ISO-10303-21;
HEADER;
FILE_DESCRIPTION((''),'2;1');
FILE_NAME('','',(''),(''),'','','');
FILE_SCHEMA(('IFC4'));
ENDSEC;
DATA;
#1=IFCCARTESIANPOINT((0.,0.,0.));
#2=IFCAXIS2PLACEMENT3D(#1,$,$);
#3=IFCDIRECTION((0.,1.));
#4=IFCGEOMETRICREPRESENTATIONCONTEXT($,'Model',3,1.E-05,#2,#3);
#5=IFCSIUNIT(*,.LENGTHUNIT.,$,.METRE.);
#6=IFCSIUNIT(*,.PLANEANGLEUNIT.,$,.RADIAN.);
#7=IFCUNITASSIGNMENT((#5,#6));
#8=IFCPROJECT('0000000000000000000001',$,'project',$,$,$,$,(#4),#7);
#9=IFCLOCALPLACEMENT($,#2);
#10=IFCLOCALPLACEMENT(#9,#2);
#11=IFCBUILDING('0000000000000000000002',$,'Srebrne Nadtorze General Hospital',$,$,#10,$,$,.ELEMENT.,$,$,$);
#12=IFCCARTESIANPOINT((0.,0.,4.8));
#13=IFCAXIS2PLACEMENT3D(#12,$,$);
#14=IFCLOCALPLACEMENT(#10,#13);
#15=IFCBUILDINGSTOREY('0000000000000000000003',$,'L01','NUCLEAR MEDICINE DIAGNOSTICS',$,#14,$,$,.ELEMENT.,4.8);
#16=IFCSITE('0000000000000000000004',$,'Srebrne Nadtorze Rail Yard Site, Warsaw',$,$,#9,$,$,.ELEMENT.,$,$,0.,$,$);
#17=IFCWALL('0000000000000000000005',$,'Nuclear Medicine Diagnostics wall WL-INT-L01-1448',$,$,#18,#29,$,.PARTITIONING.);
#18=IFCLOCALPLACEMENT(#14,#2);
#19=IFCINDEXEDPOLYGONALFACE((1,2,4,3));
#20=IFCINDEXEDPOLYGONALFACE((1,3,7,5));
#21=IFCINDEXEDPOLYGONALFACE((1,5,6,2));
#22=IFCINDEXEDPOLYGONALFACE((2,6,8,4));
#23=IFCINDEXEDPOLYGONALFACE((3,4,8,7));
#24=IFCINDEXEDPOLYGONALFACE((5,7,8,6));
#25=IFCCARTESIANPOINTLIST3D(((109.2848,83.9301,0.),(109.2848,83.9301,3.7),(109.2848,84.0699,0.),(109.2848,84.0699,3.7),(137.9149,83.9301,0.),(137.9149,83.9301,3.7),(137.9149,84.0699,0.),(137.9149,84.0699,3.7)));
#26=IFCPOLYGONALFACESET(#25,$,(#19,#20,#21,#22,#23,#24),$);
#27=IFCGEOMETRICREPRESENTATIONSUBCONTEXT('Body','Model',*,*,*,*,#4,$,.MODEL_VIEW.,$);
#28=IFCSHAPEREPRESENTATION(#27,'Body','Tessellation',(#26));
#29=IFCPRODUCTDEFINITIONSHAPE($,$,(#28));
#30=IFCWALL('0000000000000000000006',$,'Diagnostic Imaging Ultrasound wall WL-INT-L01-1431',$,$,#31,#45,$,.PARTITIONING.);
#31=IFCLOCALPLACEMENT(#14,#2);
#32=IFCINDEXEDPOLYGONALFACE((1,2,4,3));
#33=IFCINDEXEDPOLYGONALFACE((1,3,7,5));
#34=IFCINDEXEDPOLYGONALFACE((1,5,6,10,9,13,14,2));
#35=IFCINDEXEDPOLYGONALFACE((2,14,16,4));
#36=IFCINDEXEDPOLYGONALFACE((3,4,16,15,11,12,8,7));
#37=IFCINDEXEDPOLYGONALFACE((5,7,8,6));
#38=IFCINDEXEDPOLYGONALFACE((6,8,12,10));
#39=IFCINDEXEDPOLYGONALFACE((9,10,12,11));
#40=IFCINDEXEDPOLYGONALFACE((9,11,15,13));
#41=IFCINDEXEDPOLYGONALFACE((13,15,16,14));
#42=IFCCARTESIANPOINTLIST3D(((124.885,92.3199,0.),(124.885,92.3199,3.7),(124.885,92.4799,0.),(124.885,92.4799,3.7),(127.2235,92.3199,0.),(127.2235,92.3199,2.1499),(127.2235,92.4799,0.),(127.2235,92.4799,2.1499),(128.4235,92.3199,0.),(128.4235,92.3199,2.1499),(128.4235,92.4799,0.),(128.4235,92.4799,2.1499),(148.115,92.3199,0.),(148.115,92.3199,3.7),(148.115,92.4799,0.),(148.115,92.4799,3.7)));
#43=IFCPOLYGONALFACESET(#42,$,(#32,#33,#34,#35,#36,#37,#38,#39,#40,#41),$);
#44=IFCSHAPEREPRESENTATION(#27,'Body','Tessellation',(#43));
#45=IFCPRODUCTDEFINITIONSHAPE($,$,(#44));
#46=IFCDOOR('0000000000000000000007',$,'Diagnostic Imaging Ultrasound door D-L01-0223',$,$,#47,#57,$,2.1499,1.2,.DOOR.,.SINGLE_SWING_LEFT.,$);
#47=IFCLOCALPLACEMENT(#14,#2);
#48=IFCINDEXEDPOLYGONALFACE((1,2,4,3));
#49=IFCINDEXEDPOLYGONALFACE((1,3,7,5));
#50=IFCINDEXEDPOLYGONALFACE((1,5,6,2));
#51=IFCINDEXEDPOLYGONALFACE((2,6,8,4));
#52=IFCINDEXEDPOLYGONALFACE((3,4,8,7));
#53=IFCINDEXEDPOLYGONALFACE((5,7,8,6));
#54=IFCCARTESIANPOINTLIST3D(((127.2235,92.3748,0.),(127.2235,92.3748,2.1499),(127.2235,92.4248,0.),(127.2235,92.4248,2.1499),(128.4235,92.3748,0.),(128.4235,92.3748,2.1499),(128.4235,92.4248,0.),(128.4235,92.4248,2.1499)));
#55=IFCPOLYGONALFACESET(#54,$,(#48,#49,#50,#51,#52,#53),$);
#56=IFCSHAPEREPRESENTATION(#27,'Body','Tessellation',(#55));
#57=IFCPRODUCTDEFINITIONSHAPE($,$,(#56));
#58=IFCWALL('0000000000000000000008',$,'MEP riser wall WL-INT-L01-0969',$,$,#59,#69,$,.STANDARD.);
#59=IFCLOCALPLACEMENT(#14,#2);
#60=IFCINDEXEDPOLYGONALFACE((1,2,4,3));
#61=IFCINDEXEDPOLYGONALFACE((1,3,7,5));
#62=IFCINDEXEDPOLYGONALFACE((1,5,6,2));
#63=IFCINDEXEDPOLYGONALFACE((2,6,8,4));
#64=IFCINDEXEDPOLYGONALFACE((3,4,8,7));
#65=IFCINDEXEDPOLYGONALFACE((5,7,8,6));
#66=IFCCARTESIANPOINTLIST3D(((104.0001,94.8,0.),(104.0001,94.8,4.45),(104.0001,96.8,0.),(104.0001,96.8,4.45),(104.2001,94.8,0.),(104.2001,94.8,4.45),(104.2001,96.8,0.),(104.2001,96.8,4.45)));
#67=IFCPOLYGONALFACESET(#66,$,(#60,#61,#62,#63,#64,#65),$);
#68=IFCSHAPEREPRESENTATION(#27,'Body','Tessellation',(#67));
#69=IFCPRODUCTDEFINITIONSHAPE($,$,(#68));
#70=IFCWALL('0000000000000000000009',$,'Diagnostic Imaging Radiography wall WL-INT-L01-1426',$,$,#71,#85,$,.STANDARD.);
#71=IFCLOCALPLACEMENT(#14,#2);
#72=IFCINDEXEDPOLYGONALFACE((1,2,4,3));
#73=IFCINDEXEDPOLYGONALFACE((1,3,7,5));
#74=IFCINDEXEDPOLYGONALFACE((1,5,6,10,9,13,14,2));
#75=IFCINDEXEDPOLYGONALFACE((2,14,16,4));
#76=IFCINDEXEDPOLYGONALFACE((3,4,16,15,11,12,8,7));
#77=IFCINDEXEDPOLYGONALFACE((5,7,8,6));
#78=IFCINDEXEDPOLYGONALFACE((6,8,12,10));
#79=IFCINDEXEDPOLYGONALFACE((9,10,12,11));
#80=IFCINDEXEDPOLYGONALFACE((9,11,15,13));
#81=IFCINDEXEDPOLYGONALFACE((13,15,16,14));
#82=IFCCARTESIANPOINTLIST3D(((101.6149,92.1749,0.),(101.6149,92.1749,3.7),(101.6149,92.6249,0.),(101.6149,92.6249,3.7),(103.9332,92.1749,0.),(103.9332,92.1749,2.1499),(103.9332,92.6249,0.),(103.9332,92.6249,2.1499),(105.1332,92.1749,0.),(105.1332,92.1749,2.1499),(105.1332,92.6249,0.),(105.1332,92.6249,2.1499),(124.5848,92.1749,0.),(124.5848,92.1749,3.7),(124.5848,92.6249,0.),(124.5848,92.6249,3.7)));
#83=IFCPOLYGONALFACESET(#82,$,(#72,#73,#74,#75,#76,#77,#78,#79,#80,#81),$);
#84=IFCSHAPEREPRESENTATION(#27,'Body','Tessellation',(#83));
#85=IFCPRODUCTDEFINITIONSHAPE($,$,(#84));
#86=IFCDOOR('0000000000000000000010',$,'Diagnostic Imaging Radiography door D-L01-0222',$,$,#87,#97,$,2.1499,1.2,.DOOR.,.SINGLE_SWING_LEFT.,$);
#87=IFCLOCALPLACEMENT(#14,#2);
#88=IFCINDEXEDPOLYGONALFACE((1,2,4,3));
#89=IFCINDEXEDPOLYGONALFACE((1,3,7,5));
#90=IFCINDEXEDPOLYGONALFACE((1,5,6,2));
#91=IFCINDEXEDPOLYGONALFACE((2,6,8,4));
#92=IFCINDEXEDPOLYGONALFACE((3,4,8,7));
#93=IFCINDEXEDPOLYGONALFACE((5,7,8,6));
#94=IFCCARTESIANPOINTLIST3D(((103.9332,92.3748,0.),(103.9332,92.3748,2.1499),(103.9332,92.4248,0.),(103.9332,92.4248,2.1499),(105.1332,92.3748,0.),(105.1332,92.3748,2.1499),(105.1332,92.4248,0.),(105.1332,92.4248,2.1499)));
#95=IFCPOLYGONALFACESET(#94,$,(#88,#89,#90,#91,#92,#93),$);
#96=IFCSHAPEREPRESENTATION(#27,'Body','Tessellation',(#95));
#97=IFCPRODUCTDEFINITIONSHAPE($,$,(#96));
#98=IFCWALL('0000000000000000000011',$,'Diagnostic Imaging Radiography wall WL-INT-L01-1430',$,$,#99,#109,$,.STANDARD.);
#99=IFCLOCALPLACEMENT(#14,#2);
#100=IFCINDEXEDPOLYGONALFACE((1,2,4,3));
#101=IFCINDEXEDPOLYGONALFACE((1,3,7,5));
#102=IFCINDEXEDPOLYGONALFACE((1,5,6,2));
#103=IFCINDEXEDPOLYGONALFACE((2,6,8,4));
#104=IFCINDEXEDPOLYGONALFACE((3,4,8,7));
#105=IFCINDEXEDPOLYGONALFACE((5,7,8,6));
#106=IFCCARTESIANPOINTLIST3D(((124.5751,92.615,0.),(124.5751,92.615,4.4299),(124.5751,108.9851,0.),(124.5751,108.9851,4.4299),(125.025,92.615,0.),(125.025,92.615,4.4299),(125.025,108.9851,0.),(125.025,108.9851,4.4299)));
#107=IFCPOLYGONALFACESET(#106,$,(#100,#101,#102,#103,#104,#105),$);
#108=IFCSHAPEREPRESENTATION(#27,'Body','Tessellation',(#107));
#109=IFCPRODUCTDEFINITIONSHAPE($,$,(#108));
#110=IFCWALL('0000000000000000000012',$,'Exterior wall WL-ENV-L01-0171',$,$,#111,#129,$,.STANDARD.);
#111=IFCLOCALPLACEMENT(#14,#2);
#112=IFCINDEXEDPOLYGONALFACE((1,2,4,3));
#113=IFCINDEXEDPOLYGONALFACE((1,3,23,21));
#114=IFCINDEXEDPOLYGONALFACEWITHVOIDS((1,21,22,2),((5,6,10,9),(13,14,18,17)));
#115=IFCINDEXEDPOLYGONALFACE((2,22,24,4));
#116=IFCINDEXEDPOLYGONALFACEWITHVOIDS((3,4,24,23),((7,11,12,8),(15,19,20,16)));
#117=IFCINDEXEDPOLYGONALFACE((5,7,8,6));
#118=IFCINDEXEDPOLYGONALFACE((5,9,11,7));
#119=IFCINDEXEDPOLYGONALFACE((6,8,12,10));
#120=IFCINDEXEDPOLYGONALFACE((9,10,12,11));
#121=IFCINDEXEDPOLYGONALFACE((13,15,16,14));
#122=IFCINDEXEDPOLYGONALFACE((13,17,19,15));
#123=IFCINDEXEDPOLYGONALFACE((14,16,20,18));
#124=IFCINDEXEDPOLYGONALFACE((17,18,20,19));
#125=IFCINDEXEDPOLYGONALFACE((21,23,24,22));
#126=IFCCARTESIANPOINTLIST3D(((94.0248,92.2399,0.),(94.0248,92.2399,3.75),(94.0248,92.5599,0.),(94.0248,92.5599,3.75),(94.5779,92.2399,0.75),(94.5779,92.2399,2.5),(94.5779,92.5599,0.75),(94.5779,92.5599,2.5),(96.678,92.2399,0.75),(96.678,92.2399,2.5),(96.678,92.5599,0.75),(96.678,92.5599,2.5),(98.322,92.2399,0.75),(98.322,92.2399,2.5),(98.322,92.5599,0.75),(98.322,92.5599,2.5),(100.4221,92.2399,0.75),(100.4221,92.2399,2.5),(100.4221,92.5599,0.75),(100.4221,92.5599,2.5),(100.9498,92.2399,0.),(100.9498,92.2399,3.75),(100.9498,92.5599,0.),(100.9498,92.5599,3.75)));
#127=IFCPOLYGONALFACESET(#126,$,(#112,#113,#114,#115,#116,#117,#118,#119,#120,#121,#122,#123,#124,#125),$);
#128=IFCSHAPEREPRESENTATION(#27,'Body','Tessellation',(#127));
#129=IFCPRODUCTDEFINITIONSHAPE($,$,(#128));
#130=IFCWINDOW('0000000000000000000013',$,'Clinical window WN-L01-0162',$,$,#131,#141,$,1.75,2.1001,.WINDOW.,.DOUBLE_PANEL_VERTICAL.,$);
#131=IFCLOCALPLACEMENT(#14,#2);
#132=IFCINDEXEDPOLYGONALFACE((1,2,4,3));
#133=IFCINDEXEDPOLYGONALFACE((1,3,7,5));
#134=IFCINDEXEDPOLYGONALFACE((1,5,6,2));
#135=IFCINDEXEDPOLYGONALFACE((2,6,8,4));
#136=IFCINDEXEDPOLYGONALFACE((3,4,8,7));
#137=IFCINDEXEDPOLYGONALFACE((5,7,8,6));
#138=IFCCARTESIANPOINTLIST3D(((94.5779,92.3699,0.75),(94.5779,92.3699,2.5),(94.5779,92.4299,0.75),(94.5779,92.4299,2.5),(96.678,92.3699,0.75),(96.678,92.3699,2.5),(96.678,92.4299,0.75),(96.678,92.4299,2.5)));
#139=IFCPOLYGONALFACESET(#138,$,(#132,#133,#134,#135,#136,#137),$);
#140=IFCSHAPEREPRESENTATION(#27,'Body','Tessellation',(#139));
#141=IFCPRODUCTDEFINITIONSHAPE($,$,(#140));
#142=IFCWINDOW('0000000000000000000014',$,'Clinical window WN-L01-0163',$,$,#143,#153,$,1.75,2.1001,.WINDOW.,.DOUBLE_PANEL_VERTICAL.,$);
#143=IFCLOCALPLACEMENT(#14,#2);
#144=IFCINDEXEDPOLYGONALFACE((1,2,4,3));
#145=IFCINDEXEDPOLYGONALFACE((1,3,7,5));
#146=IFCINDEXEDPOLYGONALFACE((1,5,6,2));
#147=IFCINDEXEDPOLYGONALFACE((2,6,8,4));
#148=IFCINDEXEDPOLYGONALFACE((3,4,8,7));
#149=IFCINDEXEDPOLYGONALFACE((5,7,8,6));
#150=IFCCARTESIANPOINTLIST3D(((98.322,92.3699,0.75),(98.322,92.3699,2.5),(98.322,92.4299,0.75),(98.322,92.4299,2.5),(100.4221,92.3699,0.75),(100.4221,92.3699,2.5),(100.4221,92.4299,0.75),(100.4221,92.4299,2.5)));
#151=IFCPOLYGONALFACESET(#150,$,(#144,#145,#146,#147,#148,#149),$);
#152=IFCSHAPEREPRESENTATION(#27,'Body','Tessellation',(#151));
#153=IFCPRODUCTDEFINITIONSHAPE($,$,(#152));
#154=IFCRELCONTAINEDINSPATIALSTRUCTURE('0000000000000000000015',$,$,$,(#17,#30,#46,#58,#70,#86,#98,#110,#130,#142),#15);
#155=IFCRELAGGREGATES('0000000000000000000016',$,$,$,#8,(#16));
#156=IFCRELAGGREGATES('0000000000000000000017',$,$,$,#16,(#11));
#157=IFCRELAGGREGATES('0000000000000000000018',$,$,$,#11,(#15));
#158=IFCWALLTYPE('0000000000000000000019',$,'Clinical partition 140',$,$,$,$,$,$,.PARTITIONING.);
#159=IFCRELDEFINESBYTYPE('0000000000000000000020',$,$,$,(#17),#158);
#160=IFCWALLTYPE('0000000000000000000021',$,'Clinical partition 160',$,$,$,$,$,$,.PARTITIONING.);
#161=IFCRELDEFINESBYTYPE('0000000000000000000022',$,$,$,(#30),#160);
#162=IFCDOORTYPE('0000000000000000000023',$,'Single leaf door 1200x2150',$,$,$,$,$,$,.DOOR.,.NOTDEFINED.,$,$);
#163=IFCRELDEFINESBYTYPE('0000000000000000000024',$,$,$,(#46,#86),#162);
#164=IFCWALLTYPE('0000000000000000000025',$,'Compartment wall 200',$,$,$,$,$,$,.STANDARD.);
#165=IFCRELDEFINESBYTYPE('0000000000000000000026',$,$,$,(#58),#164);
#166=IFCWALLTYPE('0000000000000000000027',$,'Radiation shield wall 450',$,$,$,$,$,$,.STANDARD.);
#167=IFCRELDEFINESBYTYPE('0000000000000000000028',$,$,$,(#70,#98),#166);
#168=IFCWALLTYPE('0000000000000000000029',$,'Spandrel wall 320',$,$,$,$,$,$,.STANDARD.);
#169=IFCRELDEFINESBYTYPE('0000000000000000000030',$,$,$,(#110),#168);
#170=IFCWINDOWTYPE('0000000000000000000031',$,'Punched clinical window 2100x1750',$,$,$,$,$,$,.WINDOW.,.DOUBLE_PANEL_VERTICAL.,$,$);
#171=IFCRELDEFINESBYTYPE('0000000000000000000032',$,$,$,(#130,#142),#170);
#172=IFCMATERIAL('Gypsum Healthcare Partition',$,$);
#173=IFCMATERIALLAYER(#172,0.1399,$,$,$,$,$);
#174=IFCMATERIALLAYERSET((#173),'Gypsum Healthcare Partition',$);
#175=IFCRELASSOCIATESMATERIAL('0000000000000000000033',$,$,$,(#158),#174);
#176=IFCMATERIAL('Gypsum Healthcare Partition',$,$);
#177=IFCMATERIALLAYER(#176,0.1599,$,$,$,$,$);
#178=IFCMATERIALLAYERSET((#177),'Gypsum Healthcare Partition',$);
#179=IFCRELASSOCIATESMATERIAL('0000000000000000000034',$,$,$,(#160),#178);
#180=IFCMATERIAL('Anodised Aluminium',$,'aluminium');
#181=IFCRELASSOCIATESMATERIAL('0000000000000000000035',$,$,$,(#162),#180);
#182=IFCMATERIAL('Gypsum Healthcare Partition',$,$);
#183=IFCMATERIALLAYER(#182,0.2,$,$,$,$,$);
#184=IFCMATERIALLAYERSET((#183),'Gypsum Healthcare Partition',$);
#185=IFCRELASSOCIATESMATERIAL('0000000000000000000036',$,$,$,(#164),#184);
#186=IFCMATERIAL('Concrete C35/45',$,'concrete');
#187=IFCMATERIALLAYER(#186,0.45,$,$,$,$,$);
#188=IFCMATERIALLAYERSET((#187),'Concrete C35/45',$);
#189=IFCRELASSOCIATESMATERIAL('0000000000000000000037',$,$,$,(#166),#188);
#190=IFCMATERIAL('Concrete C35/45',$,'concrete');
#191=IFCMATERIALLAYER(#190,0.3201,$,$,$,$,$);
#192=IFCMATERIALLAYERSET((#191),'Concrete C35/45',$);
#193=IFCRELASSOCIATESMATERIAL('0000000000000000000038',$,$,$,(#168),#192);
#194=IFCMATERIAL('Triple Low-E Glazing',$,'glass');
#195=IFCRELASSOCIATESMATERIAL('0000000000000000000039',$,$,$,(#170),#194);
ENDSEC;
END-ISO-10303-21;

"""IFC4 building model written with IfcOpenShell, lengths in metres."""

from ifc_helpers import new_model, si_unit, direction, frame, frame_2d, origin, place, context, subcontext, project, spatial, rectangle, extrude, material, layer, layer_set, type_object, element, fill, save


model = new_model("IFC4")

# Units and contexts
model_context = context("Model", 3, precision=1e-05, world=origin(), true_north=direction((0.0, 1.0)))
body_context = subcontext(model_context, "Body", "Model", "MODEL_VIEW")
ifc_project = project(units=[si_unit("LENGTHUNIT", "METRE"), si_unit("PLANEANGLEUNIT", "RADIAN")], contexts=[model_context])

# Site, building, storey
site_placement = place(None, origin())
site = spatial("IfcSite", under=ifc_project, at=site_placement, Name="Srebrne Nadtorze Rail Yard Site, Warsaw", CompositionType="ELEMENT", RefElevation=0.0)
building_placement = place(site_placement, origin())
building = spatial("IfcBuilding", under=site, at=building_placement, Name="Srebrne Nadtorze General Hospital", CompositionType="ELEMENT")
storey_placement = place(building_placement, frame((0.0, 0.0, 4.8)))
storey = spatial("IfcBuildingStorey", under=building, at=storey_placement, Name="L01", Description="NUCLEAR MEDICINE DIAGNOSTICS", CompositionType="ELEMENT", Elevation=4.8)

# Wall
ifc_material_1 = material(Name="Gypsum Healthcare Partition")
ifc_layer_1 = layer(ifc_material_1, 0.1399)
ifc_layer_set_1 = layer_set([ifc_layer_1], Name="Gypsum Healthcare Partition")
wall_type_1 = type_object("IfcWallType", Name="Clinical partition 140", PredefinedType="PARTITIONING", material=ifc_layer_set_1)
wall_1_placement = place(storey_placement, frame((109.2849, 84.0, 0.0), z_axis=(0.0, 0.0, 1.0), x_axis=(1.0, 0.0, 0.0)))
element("IfcWall", 1, at=wall_1_placement, inside=storey, type_object=wall_type_1, Name="Nuclear Medicine Diagnostics wall WL-INT-L01-1448", PredefinedType="PARTITIONING", context=body_context, shape_type="SweptSolid", body=[
    extrude(rectangle(XDim=28.6301, YDim=0.1399, at=frame_2d((14.3149, 0.0))), origin(), (0.0, 0.0, 1.0), 3.7),
])

# Wall, opening, door
ifc_material_2 = material(Name="Gypsum Healthcare Partition")
ifc_layer_2 = layer(ifc_material_2, 0.1599)
ifc_layer_set_2 = layer_set([ifc_layer_2], Name="Gypsum Healthcare Partition")
wall_type_2 = type_object("IfcWallType", Name="Clinical partition 160", PredefinedType="PARTITIONING", material=ifc_layer_set_2)
wall_2_placement = place(storey_placement, frame((124.885, 92.3999, 0.0), z_axis=(0.0, 0.0, 1.0), x_axis=(1.0, 0.0, 0.0)))
wall_2 = element("IfcWall", 2, at=wall_2_placement, inside=storey, type_object=wall_type_2, Name="Diagnostic Imaging Ultrasound wall WL-INT-L01-1431", PredefinedType="PARTITIONING", context=body_context, shape_type="SweptSolid", body=[
    extrude(rectangle(XDim=23.23, YDim=0.1599, at=frame_2d((11.615, 0.0))), origin(), (0.0, 0.0, 1.0), 3.7),
])
opening_1_placement = place(wall_2_placement, frame((2.3384, 0.0, 0.0)))
opening_1 = element("IfcOpeningElement", 3, at=opening_1_placement, cuts=wall_2, PredefinedType="OPENING", context=body_context, shape_type="SweptSolid", body=[
    extrude(rectangle(XDim=1.2, YDim=2.1499, at=frame_2d((0.6001, 1.075))), frame((0.0, 0.0918, 0.0), z_axis=(0.0, -1.0, 0.0), x_axis=(1.0, 0.0, 0.0)), (0.0, 0.0, 1.0), 0.1838),
])
ifc_material_3 = material(Name="Anodised Aluminium", Category="aluminium")
door_type = type_object("IfcDoorType", Name="Single leaf door 1200x2150", OperationType="NOTDEFINED", PredefinedType="DOOR", material=ifc_material_3)
door_1_placement = place(opening_1_placement, origin())
door_1 = element("IfcDoor", 4, at=door_1_placement, inside=storey, type_object=door_type, Name="Diagnostic Imaging Ultrasound door D-L01-0223", OperationType="SINGLE_SWING_LEFT", OverallHeight=2.1499, OverallWidth=1.2, PredefinedType="DOOR", context=body_context, shape_type="SweptSolid", body=[
    extrude(rectangle(XDim=1.2, YDim=2.1499, at=frame_2d((0.6001, 1.075))), frame((0.0, 0.0249, 0.0), z_axis=(0.0, -1.0, 0.0), x_axis=(1.0, 0.0, 0.0)), (0.0, 0.0, 1.0), 0.05),
])
fill(opening_1, door_1)

# Wall
ifc_material_4 = material(Name="Gypsum Healthcare Partition")
ifc_layer_3 = layer(ifc_material_4, 0.2)
ifc_layer_set_3 = layer_set([ifc_layer_3], Name="Gypsum Healthcare Partition")
wall_type_3 = type_object("IfcWallType", Name="Compartment wall 200", PredefinedType="STANDARD", material=ifc_layer_set_3)
wall_3_placement = place(storey_placement, frame((104.1001, 94.8, 0.0), z_axis=(0.0, 0.0, 1.0), x_axis=(0.0, 1.0, 0.0)))
element("IfcWall", 5, at=wall_3_placement, inside=storey, type_object=wall_type_3, Name="MEP riser wall WL-INT-L01-0969", PredefinedType="STANDARD", context=body_context, shape_type="SweptSolid", body=[
    extrude(rectangle(XDim=2.0, YDim=0.2, at=frame_2d((1.0, 0.0))), origin(), (0.0, 0.0, 1.0), 4.45),
])

# Wall, opening, door
ifc_material_5 = material(Name="Concrete C35/45", Category="concrete")
ifc_layer_4 = layer(ifc_material_5, 0.45)
ifc_layer_set_4 = layer_set([ifc_layer_4], Name="Concrete C35/45")
wall_type_4 = type_object("IfcWallType", Name="Radiation shield wall 450", PredefinedType="STANDARD", material=ifc_layer_set_4)
wall_4_placement = place(storey_placement, frame((101.615, 92.3999, 0.0), z_axis=(0.0, 0.0, 1.0), x_axis=(1.0, 0.0, 0.0)))
wall_4 = element("IfcWall", 6, at=wall_4_placement, inside=storey, type_object=wall_type_4, Name="Diagnostic Imaging Radiography wall WL-INT-L01-1426", PredefinedType="STANDARD", context=body_context, shape_type="SweptSolid", body=[
    extrude(rectangle(XDim=22.97, YDim=0.45, at=frame_2d((11.4849, 0.0))), origin(), (0.0, 0.0, 1.0), 3.7),
])
opening_2_placement = place(wall_4_placement, frame((2.3181, 0.0, 0.0)))
opening_2 = element("IfcOpeningElement", 7, at=opening_2_placement, cuts=wall_4, PredefinedType="OPENING", context=body_context, shape_type="SweptSolid", body=[
    extrude(rectangle(XDim=1.2, YDim=2.1499, at=frame_2d((0.6001, 1.075))), frame((0.0, 0.2368, 0.0), z_axis=(0.0, -1.0, 0.0), x_axis=(1.0, 0.0, 0.0)), (0.0, 0.0, 1.0), 0.4739),
])
door_2_placement = place(opening_2_placement, origin())
door_2 = element("IfcDoor", 8, at=door_2_placement, inside=storey, type_object=door_type, Name="Diagnostic Imaging Radiography door D-L01-0222", OperationType="SINGLE_SWING_LEFT", OverallHeight=2.1499, OverallWidth=1.2, PredefinedType="DOOR", context=body_context, shape_type="SweptSolid", body=[
    extrude(rectangle(XDim=1.2, YDim=2.1499, at=frame_2d((0.6001, 1.075))), frame((0.0, 0.0249, 0.0), z_axis=(0.0, -1.0, 0.0), x_axis=(1.0, 0.0, 0.0)), (0.0, 0.0, 1.0), 0.05),
])
fill(opening_2, door_2)

# Wall
wall_5_placement = place(storey_placement, frame((124.8, 92.615, 0.0), z_axis=(0.0, 0.0, 1.0), x_axis=(0.0, 1.0, 0.0)))
element("IfcWall", 9, at=wall_5_placement, inside=storey, type_object=wall_type_4, Name="Diagnostic Imaging Radiography wall WL-INT-L01-1430", PredefinedType="STANDARD", context=body_context, shape_type="SweptSolid", body=[
    extrude(rectangle(XDim=16.3701, YDim=0.45, at=frame_2d((8.1851, 0.0))), origin(), (0.0, 0.0, 1.0), 4.4299),
])

# Wall, openings, windows
ifc_material_6 = material(Name="Concrete C35/45", Category="concrete")
ifc_layer_5 = layer(ifc_material_6, 0.3201)
ifc_layer_set_5 = layer_set([ifc_layer_5], Name="Concrete C35/45")
wall_type_5 = type_object("IfcWallType", Name="Spandrel wall 320", PredefinedType="STANDARD", material=ifc_layer_set_5)
wall_6_placement = place(storey_placement, frame((94.0249, 92.3999, 0.0), z_axis=(0.0, 0.0, 1.0), x_axis=(1.0, 0.0, 0.0)))
wall_6 = element("IfcWall", 10, at=wall_6_placement, inside=storey, type_object=wall_type_5, Name="Exterior wall WL-ENV-L01-0171", PredefinedType="STANDARD", context=body_context, shape_type="SweptSolid", body=[
    extrude(rectangle(XDim=6.925, YDim=0.3201, at=frame_2d((3.4624, 0.0))), origin(), (0.0, 0.0, 1.0), 3.75),
])
opening_3_placement = place(wall_6_placement, frame((0.553, 0.0, 0.75)))
opening_3 = element("IfcOpeningElement", 11, at=opening_3_placement, cuts=wall_6, PredefinedType="OPENING", context=body_context, shape_type="SweptSolid", body=[
    extrude(rectangle(XDim=2.1001, YDim=1.75, at=frame_2d((1.05, 0.875))), frame((0.0, 0.1719, 0.0), z_axis=(0.0, -1.0, 0.0), x_axis=(1.0, 0.0, 0.0)), (0.0, 0.0, 1.0), 0.344),
])
opening_4_placement = place(wall_6_placement, frame((4.2971, 0.0, 0.75)))
opening_4 = element("IfcOpeningElement", 12, at=opening_4_placement, cuts=wall_6, PredefinedType="OPENING", context=body_context, shape_type="SweptSolid", body=[
    extrude(rectangle(XDim=2.1001, YDim=1.75, at=frame_2d((1.05, 0.875))), frame((0.0, 0.1719, 0.0), z_axis=(0.0, -1.0, 0.0), x_axis=(1.0, 0.0, 0.0)), (0.0, 0.0, 1.0), 0.344),
])
ifc_material_7 = material(Name="Triple Low-E Glazing", Category="glass")
window_type_1 = type_object("IfcWindowType", Name="Punched clinical window 2100x1750", PartitioningType="DOUBLE_PANEL_VERTICAL", PredefinedType="WINDOW", material=ifc_material_7)
window_1_placement = place(opening_3_placement, origin())
window_1 = element("IfcWindow", 13, at=window_1_placement, inside=storey, type_object=window_type_1, Name="Clinical window WN-L01-0162", OverallHeight=1.75, OverallWidth=2.1001, PartitioningType="DOUBLE_PANEL_VERTICAL", PredefinedType="WINDOW", context=body_context, shape_type="SweptSolid", body=[
    extrude(rectangle(XDim=2.1001, YDim=1.75, at=frame_2d((1.05, 0.875))), frame((0.0, 0.03, 0.0), z_axis=(0.0, -1.0, 0.0), x_axis=(1.0, 0.0, 0.0)), (0.0, 0.0, 1.0), 0.0601),
])
fill(opening_3, window_1)
window_2_placement = place(opening_4_placement, origin())
window_2 = element("IfcWindow", 14, at=window_2_placement, inside=storey, type_object=window_type_1, Name="Clinical window WN-L01-0163", OverallHeight=1.75, OverallWidth=2.1001, PartitioningType="DOUBLE_PANEL_VERTICAL", PredefinedType="WINDOW", context=body_context, shape_type="SweptSolid", body=[
    extrude(rectangle(XDim=2.1001, YDim=1.75, at=frame_2d((1.05, 0.875))), frame((0.0, 0.03, 0.0), z_axis=(0.0, -1.0, 0.0), x_axis=(1.0, 0.0, 0.0)), (0.0, 0.0, 1.0), 0.0601),
])
fill(opening_4, window_2)

save(model, "model.ifc")
